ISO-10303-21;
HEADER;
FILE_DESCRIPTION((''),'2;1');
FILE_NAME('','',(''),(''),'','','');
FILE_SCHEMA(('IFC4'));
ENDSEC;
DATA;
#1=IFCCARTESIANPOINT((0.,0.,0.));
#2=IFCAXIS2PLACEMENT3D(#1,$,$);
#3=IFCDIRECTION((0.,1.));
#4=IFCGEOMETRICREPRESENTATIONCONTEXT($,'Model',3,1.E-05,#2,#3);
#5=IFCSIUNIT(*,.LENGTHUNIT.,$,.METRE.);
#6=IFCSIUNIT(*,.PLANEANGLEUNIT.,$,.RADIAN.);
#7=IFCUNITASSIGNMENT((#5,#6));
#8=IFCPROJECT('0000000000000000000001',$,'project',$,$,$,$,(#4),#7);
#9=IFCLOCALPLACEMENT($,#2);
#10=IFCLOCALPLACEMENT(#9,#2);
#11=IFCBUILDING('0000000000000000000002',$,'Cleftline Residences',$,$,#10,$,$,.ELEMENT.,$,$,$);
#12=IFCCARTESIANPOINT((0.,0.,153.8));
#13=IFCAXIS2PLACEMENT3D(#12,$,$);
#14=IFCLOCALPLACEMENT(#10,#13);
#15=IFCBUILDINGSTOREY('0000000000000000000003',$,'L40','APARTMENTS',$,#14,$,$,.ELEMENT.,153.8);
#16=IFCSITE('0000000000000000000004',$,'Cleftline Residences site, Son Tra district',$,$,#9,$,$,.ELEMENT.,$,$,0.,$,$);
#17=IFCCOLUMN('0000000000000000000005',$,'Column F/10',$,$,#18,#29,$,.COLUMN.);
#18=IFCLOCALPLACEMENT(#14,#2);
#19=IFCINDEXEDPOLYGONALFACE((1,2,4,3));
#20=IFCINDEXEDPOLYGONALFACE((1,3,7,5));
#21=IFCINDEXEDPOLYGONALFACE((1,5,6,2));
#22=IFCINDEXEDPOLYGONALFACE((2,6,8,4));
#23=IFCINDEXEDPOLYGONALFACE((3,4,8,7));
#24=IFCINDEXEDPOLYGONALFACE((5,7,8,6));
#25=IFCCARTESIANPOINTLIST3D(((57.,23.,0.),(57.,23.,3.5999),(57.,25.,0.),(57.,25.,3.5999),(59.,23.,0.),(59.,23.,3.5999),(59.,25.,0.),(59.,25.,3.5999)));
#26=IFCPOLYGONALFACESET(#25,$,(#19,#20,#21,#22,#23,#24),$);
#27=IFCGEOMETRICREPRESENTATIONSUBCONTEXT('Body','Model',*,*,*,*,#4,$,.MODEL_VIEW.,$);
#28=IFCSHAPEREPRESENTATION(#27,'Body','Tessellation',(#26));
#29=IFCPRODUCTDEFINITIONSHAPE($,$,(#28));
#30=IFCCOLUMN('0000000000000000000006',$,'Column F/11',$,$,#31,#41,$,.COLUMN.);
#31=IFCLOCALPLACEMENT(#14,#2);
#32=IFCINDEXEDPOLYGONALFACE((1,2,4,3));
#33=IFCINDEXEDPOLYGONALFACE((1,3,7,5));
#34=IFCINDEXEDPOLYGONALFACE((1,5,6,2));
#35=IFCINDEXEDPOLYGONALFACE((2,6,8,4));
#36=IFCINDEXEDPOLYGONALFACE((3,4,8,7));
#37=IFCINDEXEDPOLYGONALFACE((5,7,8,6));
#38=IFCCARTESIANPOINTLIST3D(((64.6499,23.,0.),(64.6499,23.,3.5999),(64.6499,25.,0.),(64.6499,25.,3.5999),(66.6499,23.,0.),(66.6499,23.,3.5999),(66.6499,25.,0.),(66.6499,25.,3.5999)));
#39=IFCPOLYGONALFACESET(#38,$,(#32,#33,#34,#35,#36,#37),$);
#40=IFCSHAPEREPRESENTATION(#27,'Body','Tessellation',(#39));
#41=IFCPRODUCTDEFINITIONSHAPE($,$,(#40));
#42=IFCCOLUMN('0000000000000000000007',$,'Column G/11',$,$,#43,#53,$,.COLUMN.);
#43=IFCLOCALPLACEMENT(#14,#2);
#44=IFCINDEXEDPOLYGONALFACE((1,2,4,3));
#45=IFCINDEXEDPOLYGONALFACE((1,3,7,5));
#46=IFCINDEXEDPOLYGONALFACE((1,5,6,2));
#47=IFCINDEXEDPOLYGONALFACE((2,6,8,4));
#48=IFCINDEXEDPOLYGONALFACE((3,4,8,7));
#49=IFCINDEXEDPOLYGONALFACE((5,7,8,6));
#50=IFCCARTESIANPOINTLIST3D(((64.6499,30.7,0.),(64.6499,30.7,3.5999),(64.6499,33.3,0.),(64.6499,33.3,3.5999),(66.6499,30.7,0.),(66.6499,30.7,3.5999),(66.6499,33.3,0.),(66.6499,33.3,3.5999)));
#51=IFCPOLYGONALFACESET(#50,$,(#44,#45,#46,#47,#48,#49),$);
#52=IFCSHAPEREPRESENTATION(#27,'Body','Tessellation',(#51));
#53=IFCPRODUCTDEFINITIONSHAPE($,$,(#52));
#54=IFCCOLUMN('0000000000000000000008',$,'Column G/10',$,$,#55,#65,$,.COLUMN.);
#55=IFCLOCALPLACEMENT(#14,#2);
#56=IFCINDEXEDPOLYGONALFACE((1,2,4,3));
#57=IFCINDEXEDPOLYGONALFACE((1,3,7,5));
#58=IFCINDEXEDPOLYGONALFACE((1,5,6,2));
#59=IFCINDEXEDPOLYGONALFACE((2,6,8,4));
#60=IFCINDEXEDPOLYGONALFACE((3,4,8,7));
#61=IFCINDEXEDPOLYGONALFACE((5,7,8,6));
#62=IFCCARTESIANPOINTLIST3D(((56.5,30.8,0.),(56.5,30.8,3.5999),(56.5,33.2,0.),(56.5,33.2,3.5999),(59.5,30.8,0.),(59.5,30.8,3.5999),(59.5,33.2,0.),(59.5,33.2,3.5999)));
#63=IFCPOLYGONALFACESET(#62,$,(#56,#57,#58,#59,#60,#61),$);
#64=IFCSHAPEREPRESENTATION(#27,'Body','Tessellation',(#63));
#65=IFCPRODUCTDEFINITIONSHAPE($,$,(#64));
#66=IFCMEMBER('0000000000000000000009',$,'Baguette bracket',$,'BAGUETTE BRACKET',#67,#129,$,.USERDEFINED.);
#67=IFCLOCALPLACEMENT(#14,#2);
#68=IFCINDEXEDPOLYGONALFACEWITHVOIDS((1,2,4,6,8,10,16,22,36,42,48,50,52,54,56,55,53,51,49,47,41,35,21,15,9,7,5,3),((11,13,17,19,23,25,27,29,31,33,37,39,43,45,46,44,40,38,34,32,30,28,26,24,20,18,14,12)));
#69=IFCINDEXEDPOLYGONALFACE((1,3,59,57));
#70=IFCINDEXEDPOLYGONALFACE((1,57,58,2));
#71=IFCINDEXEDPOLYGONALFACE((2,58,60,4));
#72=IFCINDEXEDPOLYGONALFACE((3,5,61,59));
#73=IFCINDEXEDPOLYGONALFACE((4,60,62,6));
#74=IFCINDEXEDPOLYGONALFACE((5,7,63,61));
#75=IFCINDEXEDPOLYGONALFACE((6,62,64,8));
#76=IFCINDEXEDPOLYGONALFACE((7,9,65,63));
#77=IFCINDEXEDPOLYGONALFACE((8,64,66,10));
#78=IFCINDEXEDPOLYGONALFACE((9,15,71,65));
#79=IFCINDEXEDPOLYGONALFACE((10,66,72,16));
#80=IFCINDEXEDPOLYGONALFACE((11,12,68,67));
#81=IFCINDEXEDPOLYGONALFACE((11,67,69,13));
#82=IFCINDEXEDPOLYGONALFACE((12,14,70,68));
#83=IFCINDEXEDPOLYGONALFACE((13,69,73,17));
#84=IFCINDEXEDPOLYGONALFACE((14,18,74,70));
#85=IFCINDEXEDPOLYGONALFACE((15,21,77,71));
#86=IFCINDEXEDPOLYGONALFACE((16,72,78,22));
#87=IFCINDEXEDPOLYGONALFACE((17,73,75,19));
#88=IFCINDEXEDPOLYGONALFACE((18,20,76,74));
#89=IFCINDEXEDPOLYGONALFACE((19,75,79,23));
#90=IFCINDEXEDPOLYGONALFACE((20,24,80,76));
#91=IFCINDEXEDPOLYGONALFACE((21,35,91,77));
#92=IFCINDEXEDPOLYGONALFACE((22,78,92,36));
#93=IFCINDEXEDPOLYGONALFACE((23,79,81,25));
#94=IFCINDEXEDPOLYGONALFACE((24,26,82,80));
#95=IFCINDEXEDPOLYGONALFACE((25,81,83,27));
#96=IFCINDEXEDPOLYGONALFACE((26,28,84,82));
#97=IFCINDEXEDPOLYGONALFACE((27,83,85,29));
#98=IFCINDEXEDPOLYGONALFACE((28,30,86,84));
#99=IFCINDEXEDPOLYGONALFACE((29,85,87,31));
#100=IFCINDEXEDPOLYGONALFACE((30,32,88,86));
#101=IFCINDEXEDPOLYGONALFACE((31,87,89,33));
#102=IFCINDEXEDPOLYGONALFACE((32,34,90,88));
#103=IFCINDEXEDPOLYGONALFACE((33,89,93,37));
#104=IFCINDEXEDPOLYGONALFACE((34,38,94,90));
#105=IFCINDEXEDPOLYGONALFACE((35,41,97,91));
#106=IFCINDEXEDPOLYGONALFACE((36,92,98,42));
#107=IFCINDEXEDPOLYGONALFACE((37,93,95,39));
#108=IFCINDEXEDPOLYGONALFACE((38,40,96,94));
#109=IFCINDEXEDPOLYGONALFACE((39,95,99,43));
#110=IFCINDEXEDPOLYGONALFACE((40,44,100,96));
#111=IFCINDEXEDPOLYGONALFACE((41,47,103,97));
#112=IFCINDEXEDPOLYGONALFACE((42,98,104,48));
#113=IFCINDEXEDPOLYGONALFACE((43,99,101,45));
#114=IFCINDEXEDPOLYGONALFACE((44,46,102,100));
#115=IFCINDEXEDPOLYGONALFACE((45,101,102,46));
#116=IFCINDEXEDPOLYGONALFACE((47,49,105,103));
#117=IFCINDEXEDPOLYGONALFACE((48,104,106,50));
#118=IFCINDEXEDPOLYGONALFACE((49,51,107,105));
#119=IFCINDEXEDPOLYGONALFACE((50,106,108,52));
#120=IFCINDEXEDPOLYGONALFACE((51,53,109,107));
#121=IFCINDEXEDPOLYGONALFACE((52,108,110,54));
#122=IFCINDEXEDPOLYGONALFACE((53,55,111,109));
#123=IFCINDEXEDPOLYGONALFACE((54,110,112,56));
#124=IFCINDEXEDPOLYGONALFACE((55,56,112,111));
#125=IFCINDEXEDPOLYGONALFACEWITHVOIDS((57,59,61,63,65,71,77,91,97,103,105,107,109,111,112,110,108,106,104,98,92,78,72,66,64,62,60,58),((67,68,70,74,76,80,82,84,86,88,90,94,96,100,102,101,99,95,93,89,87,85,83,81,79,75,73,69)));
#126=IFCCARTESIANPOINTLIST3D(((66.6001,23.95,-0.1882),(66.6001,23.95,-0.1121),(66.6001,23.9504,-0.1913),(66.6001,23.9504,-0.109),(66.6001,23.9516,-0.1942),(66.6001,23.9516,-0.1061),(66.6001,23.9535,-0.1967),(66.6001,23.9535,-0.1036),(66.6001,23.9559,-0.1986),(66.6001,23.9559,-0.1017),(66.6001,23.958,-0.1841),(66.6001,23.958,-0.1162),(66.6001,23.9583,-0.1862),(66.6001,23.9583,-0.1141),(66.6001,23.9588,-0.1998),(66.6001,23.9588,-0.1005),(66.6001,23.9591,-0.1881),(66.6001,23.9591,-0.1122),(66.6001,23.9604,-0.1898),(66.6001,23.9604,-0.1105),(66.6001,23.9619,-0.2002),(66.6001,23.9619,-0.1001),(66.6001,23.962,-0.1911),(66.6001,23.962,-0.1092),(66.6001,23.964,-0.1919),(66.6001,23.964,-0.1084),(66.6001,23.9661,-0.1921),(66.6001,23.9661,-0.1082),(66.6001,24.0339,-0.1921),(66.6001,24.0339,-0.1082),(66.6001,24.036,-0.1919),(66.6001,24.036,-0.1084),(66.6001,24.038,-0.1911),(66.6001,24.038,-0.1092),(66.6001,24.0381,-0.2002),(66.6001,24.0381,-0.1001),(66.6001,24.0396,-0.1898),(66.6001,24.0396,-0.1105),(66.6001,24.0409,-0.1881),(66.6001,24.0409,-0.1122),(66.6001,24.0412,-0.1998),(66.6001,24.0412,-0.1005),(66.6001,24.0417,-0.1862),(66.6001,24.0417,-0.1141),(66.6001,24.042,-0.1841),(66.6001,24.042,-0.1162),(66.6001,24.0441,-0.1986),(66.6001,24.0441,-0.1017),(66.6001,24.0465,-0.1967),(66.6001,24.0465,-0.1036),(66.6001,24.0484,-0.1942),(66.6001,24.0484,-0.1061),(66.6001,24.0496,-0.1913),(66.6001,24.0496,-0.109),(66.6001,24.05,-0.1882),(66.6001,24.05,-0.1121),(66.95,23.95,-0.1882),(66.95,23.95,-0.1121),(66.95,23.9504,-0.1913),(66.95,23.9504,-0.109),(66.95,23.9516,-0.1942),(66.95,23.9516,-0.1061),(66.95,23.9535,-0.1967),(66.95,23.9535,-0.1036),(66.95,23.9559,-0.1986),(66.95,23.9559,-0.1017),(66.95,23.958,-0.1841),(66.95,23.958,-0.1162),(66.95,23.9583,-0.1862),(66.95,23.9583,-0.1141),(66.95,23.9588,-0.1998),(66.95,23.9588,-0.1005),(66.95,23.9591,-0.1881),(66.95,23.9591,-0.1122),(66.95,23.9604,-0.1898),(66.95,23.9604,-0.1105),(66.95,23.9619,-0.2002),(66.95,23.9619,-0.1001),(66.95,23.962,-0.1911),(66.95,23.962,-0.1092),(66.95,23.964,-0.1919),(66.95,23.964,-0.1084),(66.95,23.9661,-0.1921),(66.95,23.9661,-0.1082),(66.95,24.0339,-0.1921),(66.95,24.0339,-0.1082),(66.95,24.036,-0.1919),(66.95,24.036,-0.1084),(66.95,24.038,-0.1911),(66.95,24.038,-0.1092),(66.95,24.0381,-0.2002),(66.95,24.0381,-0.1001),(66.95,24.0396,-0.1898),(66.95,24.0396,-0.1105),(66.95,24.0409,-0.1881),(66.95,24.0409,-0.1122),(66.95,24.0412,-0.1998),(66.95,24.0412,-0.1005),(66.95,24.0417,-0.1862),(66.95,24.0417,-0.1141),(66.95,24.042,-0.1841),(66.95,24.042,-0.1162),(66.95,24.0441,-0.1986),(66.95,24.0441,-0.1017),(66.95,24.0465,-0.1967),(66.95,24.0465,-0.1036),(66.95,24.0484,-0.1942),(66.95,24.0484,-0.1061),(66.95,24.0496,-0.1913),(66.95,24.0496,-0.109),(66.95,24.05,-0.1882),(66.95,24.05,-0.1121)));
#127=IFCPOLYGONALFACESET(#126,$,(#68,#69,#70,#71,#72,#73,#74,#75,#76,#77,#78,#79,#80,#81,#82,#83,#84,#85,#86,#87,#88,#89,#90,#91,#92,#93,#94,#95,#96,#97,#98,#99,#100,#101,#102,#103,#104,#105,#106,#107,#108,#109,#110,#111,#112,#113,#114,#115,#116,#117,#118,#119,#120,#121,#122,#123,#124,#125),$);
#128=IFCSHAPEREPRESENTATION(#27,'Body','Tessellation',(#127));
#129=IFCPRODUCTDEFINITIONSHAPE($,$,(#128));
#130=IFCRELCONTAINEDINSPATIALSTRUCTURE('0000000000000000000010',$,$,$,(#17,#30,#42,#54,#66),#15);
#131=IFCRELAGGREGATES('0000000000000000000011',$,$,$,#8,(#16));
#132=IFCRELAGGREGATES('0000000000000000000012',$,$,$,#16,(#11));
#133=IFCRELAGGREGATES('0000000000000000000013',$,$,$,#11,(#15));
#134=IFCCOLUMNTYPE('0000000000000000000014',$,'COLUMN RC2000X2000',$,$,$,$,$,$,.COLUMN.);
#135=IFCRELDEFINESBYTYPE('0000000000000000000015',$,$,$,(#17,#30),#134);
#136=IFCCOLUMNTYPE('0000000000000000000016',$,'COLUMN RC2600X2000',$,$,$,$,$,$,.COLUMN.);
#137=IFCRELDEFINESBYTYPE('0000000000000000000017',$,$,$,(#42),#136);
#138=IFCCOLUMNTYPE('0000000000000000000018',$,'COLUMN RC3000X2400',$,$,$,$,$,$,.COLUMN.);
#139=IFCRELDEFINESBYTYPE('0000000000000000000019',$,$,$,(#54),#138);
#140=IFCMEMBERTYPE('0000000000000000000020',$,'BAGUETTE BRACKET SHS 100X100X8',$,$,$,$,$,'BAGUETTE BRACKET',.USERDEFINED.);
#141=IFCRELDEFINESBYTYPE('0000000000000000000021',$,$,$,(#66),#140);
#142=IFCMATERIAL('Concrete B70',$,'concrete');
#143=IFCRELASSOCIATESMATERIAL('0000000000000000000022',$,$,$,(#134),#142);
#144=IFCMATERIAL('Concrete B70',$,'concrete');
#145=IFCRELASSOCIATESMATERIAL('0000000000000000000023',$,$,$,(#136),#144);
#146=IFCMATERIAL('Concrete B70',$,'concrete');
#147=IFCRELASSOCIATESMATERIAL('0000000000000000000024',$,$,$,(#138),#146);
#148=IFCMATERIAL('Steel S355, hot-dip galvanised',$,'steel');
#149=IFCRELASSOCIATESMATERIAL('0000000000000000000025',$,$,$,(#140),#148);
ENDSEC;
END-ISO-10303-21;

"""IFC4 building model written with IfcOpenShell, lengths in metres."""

from ifc_helpers import new_model, si_unit, direction, frame, origin, origin_2d, place, context, subcontext, project, spatial, rectangle, hollow_rectangle, extrude, material, material_profile, profile_set, type_object, element, save


model = new_model("IFC4")

# Units and contexts
model_context = context("Model", 3, precision=1e-05, world=origin(), true_north=direction((0.0, 1.0)))
body_context = subcontext(model_context, "Body", "Model", "MODEL_VIEW")
ifc_project = project(units=[si_unit("LENGTHUNIT", "METRE"), si_unit("PLANEANGLEUNIT", "RADIAN")], contexts=[model_context])

# Site, building, storey
site_placement = place(None, origin())
site = spatial("IfcSite", under=ifc_project, at=site_placement, Name="Cleftline Residences site, Son Tra district", CompositionType="ELEMENT", RefElevation=0.0)
building_placement = place(site_placement, origin())
building = spatial("IfcBuilding", under=site, at=building_placement, Name="Cleftline Residences", CompositionType="ELEMENT")
storey_placement = place(building_placement, frame((0.0, 0.0, 153.8)))
storey = spatial("IfcBuildingStorey", under=building, at=storey_placement, Name="L40", Description="APARTMENTS", CompositionType="ELEMENT", Elevation=153.8)

# Columns
ifc_material_1 = material(Name="Concrete B70", Category="concrete")
ifc_material_profile_1 = material_profile(ifc_material_1, rectangle(XDim=2.0, YDim=2.0, at=origin_2d()))
ifc_profile_set_1 = profile_set([ifc_material_profile_1], Name="Concrete B70")
column_type_1 = type_object("IfcColumnType", Name="COLUMN RC2000X2000", PredefinedType="COLUMN", material=ifc_profile_set_1)
for number, where, z_axis, x_axis, name in (
    (1, (58.0, 24.0, 0.0), (0.0, 0.0, 1.0), (1.0, 0.0, 0.0), "Column F/10"),
    (2, (65.6499, 24.0, 0.0), (0.0, 0.0, 1.0), (1.0, 0.0, 0.0), "Column F/11"),
):
    element("IfcColumn", number, at=place(storey_placement, frame(where, z_axis=z_axis, x_axis=x_axis)), inside=storey, type_object=column_type_1, Name=name, PredefinedType="COLUMN", context=body_context, shape_type="SweptSolid", body=[
        extrude(rectangle(XDim=2.0, YDim=2.0, at=origin_2d()), origin(), (0.0, 0.0, 1.0), 3.5999),
    ])
ifc_material_2 = material(Name="Concrete B70", Category="concrete")
ifc_material_profile_2 = material_profile(ifc_material_2, rectangle(XDim=2.6001, YDim=2.0, at=origin_2d()))
ifc_profile_set_2 = profile_set([ifc_material_profile_2], Name="Concrete B70")
column_type_2 = type_object("IfcColumnType", Name="COLUMN RC2600X2000", PredefinedType="COLUMN", material=ifc_profile_set_2)
column_1_placement = place(storey_placement, frame((65.6499, 32.0, 0.0), z_axis=(0.0, 0.0, 1.0), x_axis=(0.0, 1.0, 0.0)))
element("IfcColumn", 3, at=column_1_placement, inside=storey, type_object=column_type_2, Name="Column G/11", PredefinedType="COLUMN", context=body_context, shape_type="SweptSolid", body=[
    extrude(rectangle(XDim=2.6001, YDim=2.0, at=origin_2d()), origin(), (0.0, 0.0, 1.0), 3.5999),
])
ifc_material_3 = material(Name="Concrete B70", Category="concrete")
ifc_material_profile_3 = material_profile(ifc_material_3, rectangle(XDim=3.0, YDim=2.3999, at=origin_2d()))
ifc_profile_set_3 = profile_set([ifc_material_profile_3], Name="Concrete B70")
column_type_3 = type_object("IfcColumnType", Name="COLUMN RC3000X2400", PredefinedType="COLUMN", material=ifc_profile_set_3)
column_2_placement = place(storey_placement, frame((58.0, 32.0, 0.0), z_axis=(0.0, 0.0, 1.0), x_axis=(1.0, 0.0, 0.0)))
element("IfcColumn", 4, at=column_2_placement, inside=storey, type_object=column_type_3, Name="Column G/10", PredefinedType="COLUMN", context=body_context, shape_type="SweptSolid", body=[
    extrude(rectangle(XDim=3.0, YDim=2.3999, at=origin_2d()), origin(), (0.0, 0.0, 1.0), 3.5999),
])

# Member
ifc_material_4 = material(Name="Steel S355, hot-dip galvanised", Category="steel")
ifc_material_profile_4 = material_profile(ifc_material_4, hollow_rectangle(XDim=0.1001, YDim=0.1001, WallThickness=0.0081, InnerFilletRadius=0.0081, OuterFilletRadius=0.012, at=origin_2d()))
ifc_profile_set_4 = profile_set([ifc_material_profile_4], Name="Steel S355, hot-dip galvanised")
member_type_1 = type_object("IfcMemberType", Name="BAGUETTE BRACKET SHS 100X100X8", ElementType="BAGUETTE BRACKET", PredefinedType="USERDEFINED", material=ifc_profile_set_4)
member_1_placement = place(storey_placement, frame((66.6001, 24.0, -0.1501), z_axis=(1.0, 0.0, 0.0), x_axis=(0.0, 1.0, 0.0)))
element("IfcMember", 5, at=member_1_placement, inside=storey, type_object=member_type_1, Name="Baguette bracket", ObjectType="BAGUETTE BRACKET", PredefinedType="USERDEFINED", context=body_context, shape_type="SweptSolid", body=[
    extrude(hollow_rectangle(XDim=0.1001, YDim=0.1001, WallThickness=0.0081, InnerFilletRadius=0.0081, OuterFilletRadius=0.012, at=origin_2d()), origin(), (0.0, 0.0, 1.0), 0.3499),
])

save(model, "model.ifc")
